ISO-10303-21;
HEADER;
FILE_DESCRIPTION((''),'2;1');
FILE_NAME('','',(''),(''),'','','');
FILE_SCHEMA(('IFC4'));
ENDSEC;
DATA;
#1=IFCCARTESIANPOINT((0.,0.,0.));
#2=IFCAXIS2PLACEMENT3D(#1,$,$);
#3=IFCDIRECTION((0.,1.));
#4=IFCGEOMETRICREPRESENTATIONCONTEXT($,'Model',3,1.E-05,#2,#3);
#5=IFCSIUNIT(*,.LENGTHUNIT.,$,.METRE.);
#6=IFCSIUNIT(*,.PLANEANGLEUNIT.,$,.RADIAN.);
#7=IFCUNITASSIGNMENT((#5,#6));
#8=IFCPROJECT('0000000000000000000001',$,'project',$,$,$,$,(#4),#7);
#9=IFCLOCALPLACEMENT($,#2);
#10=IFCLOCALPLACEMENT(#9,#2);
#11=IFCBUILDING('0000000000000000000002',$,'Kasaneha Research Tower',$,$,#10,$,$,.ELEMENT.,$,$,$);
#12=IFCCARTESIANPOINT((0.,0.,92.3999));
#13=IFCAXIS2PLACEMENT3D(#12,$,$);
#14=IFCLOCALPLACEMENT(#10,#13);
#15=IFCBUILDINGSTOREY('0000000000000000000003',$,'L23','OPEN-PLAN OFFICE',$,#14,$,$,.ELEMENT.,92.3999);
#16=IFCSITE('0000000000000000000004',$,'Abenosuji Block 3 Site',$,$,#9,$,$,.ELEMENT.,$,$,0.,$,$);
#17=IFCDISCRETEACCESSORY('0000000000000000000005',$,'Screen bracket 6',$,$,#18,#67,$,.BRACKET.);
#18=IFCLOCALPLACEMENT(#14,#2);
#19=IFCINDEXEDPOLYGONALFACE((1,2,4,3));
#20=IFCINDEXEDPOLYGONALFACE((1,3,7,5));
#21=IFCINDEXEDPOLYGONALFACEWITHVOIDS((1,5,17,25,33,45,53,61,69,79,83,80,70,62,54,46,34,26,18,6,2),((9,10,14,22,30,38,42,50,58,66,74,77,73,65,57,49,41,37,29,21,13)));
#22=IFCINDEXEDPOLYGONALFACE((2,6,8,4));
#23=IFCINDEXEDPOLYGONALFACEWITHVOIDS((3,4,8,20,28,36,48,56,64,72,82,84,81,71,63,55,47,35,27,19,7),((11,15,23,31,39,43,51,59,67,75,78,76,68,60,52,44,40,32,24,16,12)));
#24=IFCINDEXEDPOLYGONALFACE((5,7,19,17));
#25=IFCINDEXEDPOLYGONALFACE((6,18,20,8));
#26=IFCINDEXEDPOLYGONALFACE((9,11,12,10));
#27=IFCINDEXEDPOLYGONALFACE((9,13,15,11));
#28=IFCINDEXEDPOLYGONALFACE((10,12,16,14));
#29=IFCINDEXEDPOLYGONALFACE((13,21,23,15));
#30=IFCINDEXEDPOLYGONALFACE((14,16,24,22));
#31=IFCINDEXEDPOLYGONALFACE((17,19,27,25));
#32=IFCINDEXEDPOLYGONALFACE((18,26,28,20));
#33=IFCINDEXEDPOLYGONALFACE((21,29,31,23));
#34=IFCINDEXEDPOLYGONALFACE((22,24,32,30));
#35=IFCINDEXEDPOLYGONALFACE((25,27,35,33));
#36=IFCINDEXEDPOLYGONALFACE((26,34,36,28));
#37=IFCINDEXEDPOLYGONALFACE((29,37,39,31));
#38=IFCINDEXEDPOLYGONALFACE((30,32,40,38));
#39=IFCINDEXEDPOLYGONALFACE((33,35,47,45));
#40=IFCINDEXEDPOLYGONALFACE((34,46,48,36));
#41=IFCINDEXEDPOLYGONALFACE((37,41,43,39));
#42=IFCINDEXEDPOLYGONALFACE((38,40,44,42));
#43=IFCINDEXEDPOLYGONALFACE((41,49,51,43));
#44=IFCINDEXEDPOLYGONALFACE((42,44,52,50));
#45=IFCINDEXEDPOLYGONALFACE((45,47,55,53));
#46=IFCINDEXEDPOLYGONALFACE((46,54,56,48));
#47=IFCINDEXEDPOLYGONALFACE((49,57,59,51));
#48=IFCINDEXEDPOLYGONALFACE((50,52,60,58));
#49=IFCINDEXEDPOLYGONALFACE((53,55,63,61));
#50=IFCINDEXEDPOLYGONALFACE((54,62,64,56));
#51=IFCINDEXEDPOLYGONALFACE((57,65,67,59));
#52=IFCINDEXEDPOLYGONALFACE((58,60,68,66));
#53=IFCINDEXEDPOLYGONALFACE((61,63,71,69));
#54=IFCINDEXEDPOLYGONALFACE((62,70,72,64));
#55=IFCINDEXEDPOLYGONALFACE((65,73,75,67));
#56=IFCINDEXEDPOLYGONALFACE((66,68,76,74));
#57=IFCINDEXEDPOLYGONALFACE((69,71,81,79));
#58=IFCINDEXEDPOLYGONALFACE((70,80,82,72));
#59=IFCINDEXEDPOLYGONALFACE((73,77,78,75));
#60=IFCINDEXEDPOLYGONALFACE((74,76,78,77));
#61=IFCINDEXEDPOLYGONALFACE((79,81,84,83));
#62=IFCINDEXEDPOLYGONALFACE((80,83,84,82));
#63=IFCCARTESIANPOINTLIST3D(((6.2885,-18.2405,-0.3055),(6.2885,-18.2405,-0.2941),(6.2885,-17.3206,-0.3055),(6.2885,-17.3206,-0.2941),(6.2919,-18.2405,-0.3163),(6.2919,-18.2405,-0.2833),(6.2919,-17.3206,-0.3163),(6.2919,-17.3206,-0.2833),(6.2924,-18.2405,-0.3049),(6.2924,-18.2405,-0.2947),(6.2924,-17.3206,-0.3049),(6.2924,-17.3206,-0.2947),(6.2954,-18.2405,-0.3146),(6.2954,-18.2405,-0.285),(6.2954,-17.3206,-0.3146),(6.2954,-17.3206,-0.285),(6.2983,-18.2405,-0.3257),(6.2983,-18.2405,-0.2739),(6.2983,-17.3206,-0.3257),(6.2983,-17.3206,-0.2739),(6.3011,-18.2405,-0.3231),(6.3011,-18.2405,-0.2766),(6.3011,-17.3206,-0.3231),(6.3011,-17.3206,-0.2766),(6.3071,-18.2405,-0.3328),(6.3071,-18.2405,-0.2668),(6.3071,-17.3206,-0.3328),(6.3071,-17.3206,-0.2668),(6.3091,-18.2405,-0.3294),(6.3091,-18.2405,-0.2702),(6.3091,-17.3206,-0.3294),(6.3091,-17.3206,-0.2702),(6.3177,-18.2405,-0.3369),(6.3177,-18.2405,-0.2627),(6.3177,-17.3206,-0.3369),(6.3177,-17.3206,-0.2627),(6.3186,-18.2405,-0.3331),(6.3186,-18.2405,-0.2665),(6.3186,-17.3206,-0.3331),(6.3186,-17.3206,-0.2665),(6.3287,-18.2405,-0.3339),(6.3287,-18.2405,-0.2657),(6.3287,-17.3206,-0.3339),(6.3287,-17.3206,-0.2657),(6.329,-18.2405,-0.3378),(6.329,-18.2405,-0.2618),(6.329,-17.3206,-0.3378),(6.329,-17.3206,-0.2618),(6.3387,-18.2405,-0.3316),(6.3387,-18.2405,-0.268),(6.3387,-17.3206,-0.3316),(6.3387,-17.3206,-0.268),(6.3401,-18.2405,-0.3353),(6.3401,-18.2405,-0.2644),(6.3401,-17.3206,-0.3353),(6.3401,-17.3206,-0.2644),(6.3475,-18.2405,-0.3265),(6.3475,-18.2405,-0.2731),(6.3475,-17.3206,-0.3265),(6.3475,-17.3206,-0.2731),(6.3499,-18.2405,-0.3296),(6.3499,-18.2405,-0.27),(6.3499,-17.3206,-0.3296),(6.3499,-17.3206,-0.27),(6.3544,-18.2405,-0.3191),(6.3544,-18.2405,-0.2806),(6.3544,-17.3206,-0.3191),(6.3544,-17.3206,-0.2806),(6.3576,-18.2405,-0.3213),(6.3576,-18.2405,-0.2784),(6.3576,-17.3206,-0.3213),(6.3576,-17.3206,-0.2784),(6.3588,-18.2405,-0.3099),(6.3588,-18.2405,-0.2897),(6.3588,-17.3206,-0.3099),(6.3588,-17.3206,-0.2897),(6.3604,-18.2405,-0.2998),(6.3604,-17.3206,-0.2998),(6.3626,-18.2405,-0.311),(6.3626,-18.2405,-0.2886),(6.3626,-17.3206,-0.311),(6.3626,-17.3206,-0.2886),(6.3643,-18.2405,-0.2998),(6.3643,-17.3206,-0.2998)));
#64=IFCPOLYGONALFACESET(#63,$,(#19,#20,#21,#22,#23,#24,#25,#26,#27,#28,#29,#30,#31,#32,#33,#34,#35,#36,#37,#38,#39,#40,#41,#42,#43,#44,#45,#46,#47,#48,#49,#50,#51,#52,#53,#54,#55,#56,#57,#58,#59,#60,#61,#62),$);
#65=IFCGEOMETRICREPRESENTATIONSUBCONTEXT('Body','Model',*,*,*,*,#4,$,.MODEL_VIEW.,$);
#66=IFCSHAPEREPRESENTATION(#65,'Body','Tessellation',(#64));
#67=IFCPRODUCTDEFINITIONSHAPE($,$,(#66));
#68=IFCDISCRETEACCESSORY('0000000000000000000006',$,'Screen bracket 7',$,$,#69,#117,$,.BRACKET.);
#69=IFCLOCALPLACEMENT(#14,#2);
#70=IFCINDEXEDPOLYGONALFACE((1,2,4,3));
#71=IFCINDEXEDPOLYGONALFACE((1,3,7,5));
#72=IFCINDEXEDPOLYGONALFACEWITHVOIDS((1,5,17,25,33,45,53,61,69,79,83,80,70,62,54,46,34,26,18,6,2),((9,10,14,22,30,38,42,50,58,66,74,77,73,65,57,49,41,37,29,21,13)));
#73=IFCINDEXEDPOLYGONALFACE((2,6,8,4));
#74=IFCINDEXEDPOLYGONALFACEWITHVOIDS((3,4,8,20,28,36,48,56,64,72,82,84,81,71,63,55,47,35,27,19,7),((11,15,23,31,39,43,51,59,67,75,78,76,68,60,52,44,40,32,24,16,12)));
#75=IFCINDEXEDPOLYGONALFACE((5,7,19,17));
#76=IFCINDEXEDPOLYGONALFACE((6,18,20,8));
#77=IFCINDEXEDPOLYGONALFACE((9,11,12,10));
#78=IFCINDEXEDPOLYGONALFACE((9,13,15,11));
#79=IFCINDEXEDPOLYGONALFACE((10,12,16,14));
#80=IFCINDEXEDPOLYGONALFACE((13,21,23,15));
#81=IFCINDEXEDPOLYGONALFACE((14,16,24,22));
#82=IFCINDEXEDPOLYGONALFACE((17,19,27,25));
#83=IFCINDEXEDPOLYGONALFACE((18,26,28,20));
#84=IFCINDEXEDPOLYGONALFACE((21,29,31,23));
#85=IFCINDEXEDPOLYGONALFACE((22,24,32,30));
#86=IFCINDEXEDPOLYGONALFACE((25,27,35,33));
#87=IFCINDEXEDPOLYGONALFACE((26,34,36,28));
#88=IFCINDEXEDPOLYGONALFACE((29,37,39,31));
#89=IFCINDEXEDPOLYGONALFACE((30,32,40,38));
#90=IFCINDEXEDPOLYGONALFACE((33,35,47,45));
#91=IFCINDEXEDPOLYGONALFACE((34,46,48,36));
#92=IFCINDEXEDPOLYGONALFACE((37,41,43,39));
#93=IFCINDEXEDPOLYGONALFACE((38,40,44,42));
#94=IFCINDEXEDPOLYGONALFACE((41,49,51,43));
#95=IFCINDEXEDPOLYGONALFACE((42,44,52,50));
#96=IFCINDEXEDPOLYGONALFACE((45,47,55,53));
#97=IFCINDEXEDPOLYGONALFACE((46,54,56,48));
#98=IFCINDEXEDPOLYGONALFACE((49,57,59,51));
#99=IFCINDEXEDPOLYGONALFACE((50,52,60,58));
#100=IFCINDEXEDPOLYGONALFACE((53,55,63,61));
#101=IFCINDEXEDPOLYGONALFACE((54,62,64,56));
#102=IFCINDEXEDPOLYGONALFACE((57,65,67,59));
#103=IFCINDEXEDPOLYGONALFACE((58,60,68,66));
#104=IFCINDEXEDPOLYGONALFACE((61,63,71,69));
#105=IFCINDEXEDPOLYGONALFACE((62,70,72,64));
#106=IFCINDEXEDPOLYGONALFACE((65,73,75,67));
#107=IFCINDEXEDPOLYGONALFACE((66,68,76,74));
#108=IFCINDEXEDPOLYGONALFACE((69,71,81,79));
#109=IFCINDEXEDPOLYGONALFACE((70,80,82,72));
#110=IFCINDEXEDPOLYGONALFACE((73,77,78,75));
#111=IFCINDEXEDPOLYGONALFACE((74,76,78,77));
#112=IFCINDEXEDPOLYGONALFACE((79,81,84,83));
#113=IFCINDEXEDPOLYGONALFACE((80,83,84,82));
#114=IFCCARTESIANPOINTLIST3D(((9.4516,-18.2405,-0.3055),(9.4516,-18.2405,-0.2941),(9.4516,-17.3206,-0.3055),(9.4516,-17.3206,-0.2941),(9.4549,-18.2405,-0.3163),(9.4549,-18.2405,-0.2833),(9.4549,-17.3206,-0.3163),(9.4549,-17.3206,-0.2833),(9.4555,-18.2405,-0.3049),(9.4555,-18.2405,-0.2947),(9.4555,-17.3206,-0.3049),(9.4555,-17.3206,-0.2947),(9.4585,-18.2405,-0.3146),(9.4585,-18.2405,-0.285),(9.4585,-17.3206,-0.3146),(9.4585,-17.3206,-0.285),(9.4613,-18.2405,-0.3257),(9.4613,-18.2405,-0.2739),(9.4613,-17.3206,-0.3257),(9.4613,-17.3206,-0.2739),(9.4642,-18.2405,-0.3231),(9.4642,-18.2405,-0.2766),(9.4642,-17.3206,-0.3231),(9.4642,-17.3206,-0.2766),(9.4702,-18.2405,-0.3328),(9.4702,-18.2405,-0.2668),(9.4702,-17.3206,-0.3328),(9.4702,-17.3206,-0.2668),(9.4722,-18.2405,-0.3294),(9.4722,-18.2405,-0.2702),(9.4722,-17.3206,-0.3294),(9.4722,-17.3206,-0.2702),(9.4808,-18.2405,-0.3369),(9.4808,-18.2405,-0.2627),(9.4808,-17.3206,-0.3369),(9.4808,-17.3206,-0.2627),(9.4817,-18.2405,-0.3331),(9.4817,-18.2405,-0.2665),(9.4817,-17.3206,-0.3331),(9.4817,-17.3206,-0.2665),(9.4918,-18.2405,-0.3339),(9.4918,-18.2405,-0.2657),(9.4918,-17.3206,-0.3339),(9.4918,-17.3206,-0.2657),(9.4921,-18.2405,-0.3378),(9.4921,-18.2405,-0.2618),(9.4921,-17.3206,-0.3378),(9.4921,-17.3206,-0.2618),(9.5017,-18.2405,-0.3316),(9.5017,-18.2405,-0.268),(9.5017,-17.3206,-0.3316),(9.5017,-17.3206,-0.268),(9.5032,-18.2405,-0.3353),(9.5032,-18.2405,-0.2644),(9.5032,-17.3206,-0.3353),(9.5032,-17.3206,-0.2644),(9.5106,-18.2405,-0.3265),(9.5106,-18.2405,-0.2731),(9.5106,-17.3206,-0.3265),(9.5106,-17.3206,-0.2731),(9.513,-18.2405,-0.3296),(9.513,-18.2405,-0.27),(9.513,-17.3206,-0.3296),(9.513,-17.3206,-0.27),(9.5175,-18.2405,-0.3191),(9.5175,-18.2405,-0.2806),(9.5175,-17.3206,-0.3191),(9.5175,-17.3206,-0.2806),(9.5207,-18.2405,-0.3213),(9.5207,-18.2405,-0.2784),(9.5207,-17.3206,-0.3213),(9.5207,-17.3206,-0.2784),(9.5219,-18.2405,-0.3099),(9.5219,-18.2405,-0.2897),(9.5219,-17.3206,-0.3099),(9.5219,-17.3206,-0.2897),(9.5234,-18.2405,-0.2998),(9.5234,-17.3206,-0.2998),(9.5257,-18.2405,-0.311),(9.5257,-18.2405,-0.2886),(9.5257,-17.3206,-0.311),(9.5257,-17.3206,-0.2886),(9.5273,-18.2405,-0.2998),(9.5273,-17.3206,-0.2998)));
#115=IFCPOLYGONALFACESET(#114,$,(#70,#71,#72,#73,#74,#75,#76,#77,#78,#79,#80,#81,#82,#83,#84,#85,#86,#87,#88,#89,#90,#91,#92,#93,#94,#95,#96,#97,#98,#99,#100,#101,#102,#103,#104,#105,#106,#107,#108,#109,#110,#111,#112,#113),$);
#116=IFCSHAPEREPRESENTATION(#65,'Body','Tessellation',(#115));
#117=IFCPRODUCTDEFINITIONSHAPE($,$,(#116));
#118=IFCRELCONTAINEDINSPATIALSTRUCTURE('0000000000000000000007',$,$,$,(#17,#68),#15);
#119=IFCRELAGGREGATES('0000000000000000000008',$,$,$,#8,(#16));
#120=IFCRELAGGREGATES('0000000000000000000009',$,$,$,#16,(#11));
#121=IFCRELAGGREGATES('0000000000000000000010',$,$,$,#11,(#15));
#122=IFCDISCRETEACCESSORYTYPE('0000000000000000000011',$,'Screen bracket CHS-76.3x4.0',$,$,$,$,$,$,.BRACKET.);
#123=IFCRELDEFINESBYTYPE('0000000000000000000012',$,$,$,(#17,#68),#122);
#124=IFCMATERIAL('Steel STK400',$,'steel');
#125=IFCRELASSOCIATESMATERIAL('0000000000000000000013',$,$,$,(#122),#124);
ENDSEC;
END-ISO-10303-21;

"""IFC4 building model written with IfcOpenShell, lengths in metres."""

from ifc_helpers import new_model, si_unit, direction, frame, origin, origin_2d, place, context, subcontext, project, spatial, hollow_circle, extrude, material, material_profile, profile_set, type_object, element, save


model = new_model("IFC4")

# Units and contexts
model_context = context("Model", 3, precision=1e-05, world=origin(), true_north=direction((0.0, 1.0)))
body_context = subcontext(model_context, "Body", "Model", "MODEL_VIEW")
ifc_project = project(units=[si_unit("LENGTHUNIT", "METRE"), si_unit("PLANEANGLEUNIT", "RADIAN")], contexts=[model_context])

# Site, building, storey
site_placement = place(None, origin())
site = spatial("IfcSite", under=ifc_project, at=site_placement, Name="Abenosuji Block 3 Site", CompositionType="ELEMENT", RefElevation=0.0)
building_placement = place(site_placement, origin())
building = spatial("IfcBuilding", under=site, at=building_placement, Name="Kasaneha Research Tower", CompositionType="ELEMENT")
storey_placement = place(building_placement, frame((0.0, 0.0, 92.3999)))
storey = spatial("IfcBuildingStorey", under=building, at=storey_placement, Name="L23", Description="OPEN-PLAN OFFICE", CompositionType="ELEMENT", Elevation=92.3999)

# Discrete accessories
ifc_material_1 = material(Name="Steel STK400", Category="steel")
ifc_material_profile_1 = material_profile(ifc_material_1, hollow_circle(Radius=0.0381, WallThickness=0.0039, at=origin_2d()), Name="CHS-76.3x4.0")
ifc_profile_set_1 = profile_set([ifc_material_profile_1], Name="Steel STK400")
discrete_accessory_type = type_object("IfcDiscreteAccessoryType", Name="Screen bracket CHS-76.3x4.0", PredefinedType="BRACKET", material=ifc_profile_set_1)
for number, where, z_axis, x_axis, name in (
    (1, (6.3262, -17.3206, -0.2998), (0.0, -1.0, 0.0), (1.0, 0.0, 0.0), "Screen bracket 6"),
    (2, (9.4893, -17.3206, -0.2998), (0.0, -1.0, 0.0), (1.0, 0.0, 0.0), "Screen bracket 7"),
):
    element("IfcDiscreteAccessory", number, at=place(storey_placement, frame(where, z_axis=z_axis, x_axis=x_axis)), inside=storey, type_object=discrete_accessory_type, Name=name, PredefinedType="BRACKET", context=body_context, shape_type="SweptSolid", body=[
        extrude(hollow_circle(Radius=0.0381, WallThickness=0.0039, at=origin_2d()), origin(), (0.0, 0.0, 1.0), 0.9199),
    ])

save(model, "model.ifc")
